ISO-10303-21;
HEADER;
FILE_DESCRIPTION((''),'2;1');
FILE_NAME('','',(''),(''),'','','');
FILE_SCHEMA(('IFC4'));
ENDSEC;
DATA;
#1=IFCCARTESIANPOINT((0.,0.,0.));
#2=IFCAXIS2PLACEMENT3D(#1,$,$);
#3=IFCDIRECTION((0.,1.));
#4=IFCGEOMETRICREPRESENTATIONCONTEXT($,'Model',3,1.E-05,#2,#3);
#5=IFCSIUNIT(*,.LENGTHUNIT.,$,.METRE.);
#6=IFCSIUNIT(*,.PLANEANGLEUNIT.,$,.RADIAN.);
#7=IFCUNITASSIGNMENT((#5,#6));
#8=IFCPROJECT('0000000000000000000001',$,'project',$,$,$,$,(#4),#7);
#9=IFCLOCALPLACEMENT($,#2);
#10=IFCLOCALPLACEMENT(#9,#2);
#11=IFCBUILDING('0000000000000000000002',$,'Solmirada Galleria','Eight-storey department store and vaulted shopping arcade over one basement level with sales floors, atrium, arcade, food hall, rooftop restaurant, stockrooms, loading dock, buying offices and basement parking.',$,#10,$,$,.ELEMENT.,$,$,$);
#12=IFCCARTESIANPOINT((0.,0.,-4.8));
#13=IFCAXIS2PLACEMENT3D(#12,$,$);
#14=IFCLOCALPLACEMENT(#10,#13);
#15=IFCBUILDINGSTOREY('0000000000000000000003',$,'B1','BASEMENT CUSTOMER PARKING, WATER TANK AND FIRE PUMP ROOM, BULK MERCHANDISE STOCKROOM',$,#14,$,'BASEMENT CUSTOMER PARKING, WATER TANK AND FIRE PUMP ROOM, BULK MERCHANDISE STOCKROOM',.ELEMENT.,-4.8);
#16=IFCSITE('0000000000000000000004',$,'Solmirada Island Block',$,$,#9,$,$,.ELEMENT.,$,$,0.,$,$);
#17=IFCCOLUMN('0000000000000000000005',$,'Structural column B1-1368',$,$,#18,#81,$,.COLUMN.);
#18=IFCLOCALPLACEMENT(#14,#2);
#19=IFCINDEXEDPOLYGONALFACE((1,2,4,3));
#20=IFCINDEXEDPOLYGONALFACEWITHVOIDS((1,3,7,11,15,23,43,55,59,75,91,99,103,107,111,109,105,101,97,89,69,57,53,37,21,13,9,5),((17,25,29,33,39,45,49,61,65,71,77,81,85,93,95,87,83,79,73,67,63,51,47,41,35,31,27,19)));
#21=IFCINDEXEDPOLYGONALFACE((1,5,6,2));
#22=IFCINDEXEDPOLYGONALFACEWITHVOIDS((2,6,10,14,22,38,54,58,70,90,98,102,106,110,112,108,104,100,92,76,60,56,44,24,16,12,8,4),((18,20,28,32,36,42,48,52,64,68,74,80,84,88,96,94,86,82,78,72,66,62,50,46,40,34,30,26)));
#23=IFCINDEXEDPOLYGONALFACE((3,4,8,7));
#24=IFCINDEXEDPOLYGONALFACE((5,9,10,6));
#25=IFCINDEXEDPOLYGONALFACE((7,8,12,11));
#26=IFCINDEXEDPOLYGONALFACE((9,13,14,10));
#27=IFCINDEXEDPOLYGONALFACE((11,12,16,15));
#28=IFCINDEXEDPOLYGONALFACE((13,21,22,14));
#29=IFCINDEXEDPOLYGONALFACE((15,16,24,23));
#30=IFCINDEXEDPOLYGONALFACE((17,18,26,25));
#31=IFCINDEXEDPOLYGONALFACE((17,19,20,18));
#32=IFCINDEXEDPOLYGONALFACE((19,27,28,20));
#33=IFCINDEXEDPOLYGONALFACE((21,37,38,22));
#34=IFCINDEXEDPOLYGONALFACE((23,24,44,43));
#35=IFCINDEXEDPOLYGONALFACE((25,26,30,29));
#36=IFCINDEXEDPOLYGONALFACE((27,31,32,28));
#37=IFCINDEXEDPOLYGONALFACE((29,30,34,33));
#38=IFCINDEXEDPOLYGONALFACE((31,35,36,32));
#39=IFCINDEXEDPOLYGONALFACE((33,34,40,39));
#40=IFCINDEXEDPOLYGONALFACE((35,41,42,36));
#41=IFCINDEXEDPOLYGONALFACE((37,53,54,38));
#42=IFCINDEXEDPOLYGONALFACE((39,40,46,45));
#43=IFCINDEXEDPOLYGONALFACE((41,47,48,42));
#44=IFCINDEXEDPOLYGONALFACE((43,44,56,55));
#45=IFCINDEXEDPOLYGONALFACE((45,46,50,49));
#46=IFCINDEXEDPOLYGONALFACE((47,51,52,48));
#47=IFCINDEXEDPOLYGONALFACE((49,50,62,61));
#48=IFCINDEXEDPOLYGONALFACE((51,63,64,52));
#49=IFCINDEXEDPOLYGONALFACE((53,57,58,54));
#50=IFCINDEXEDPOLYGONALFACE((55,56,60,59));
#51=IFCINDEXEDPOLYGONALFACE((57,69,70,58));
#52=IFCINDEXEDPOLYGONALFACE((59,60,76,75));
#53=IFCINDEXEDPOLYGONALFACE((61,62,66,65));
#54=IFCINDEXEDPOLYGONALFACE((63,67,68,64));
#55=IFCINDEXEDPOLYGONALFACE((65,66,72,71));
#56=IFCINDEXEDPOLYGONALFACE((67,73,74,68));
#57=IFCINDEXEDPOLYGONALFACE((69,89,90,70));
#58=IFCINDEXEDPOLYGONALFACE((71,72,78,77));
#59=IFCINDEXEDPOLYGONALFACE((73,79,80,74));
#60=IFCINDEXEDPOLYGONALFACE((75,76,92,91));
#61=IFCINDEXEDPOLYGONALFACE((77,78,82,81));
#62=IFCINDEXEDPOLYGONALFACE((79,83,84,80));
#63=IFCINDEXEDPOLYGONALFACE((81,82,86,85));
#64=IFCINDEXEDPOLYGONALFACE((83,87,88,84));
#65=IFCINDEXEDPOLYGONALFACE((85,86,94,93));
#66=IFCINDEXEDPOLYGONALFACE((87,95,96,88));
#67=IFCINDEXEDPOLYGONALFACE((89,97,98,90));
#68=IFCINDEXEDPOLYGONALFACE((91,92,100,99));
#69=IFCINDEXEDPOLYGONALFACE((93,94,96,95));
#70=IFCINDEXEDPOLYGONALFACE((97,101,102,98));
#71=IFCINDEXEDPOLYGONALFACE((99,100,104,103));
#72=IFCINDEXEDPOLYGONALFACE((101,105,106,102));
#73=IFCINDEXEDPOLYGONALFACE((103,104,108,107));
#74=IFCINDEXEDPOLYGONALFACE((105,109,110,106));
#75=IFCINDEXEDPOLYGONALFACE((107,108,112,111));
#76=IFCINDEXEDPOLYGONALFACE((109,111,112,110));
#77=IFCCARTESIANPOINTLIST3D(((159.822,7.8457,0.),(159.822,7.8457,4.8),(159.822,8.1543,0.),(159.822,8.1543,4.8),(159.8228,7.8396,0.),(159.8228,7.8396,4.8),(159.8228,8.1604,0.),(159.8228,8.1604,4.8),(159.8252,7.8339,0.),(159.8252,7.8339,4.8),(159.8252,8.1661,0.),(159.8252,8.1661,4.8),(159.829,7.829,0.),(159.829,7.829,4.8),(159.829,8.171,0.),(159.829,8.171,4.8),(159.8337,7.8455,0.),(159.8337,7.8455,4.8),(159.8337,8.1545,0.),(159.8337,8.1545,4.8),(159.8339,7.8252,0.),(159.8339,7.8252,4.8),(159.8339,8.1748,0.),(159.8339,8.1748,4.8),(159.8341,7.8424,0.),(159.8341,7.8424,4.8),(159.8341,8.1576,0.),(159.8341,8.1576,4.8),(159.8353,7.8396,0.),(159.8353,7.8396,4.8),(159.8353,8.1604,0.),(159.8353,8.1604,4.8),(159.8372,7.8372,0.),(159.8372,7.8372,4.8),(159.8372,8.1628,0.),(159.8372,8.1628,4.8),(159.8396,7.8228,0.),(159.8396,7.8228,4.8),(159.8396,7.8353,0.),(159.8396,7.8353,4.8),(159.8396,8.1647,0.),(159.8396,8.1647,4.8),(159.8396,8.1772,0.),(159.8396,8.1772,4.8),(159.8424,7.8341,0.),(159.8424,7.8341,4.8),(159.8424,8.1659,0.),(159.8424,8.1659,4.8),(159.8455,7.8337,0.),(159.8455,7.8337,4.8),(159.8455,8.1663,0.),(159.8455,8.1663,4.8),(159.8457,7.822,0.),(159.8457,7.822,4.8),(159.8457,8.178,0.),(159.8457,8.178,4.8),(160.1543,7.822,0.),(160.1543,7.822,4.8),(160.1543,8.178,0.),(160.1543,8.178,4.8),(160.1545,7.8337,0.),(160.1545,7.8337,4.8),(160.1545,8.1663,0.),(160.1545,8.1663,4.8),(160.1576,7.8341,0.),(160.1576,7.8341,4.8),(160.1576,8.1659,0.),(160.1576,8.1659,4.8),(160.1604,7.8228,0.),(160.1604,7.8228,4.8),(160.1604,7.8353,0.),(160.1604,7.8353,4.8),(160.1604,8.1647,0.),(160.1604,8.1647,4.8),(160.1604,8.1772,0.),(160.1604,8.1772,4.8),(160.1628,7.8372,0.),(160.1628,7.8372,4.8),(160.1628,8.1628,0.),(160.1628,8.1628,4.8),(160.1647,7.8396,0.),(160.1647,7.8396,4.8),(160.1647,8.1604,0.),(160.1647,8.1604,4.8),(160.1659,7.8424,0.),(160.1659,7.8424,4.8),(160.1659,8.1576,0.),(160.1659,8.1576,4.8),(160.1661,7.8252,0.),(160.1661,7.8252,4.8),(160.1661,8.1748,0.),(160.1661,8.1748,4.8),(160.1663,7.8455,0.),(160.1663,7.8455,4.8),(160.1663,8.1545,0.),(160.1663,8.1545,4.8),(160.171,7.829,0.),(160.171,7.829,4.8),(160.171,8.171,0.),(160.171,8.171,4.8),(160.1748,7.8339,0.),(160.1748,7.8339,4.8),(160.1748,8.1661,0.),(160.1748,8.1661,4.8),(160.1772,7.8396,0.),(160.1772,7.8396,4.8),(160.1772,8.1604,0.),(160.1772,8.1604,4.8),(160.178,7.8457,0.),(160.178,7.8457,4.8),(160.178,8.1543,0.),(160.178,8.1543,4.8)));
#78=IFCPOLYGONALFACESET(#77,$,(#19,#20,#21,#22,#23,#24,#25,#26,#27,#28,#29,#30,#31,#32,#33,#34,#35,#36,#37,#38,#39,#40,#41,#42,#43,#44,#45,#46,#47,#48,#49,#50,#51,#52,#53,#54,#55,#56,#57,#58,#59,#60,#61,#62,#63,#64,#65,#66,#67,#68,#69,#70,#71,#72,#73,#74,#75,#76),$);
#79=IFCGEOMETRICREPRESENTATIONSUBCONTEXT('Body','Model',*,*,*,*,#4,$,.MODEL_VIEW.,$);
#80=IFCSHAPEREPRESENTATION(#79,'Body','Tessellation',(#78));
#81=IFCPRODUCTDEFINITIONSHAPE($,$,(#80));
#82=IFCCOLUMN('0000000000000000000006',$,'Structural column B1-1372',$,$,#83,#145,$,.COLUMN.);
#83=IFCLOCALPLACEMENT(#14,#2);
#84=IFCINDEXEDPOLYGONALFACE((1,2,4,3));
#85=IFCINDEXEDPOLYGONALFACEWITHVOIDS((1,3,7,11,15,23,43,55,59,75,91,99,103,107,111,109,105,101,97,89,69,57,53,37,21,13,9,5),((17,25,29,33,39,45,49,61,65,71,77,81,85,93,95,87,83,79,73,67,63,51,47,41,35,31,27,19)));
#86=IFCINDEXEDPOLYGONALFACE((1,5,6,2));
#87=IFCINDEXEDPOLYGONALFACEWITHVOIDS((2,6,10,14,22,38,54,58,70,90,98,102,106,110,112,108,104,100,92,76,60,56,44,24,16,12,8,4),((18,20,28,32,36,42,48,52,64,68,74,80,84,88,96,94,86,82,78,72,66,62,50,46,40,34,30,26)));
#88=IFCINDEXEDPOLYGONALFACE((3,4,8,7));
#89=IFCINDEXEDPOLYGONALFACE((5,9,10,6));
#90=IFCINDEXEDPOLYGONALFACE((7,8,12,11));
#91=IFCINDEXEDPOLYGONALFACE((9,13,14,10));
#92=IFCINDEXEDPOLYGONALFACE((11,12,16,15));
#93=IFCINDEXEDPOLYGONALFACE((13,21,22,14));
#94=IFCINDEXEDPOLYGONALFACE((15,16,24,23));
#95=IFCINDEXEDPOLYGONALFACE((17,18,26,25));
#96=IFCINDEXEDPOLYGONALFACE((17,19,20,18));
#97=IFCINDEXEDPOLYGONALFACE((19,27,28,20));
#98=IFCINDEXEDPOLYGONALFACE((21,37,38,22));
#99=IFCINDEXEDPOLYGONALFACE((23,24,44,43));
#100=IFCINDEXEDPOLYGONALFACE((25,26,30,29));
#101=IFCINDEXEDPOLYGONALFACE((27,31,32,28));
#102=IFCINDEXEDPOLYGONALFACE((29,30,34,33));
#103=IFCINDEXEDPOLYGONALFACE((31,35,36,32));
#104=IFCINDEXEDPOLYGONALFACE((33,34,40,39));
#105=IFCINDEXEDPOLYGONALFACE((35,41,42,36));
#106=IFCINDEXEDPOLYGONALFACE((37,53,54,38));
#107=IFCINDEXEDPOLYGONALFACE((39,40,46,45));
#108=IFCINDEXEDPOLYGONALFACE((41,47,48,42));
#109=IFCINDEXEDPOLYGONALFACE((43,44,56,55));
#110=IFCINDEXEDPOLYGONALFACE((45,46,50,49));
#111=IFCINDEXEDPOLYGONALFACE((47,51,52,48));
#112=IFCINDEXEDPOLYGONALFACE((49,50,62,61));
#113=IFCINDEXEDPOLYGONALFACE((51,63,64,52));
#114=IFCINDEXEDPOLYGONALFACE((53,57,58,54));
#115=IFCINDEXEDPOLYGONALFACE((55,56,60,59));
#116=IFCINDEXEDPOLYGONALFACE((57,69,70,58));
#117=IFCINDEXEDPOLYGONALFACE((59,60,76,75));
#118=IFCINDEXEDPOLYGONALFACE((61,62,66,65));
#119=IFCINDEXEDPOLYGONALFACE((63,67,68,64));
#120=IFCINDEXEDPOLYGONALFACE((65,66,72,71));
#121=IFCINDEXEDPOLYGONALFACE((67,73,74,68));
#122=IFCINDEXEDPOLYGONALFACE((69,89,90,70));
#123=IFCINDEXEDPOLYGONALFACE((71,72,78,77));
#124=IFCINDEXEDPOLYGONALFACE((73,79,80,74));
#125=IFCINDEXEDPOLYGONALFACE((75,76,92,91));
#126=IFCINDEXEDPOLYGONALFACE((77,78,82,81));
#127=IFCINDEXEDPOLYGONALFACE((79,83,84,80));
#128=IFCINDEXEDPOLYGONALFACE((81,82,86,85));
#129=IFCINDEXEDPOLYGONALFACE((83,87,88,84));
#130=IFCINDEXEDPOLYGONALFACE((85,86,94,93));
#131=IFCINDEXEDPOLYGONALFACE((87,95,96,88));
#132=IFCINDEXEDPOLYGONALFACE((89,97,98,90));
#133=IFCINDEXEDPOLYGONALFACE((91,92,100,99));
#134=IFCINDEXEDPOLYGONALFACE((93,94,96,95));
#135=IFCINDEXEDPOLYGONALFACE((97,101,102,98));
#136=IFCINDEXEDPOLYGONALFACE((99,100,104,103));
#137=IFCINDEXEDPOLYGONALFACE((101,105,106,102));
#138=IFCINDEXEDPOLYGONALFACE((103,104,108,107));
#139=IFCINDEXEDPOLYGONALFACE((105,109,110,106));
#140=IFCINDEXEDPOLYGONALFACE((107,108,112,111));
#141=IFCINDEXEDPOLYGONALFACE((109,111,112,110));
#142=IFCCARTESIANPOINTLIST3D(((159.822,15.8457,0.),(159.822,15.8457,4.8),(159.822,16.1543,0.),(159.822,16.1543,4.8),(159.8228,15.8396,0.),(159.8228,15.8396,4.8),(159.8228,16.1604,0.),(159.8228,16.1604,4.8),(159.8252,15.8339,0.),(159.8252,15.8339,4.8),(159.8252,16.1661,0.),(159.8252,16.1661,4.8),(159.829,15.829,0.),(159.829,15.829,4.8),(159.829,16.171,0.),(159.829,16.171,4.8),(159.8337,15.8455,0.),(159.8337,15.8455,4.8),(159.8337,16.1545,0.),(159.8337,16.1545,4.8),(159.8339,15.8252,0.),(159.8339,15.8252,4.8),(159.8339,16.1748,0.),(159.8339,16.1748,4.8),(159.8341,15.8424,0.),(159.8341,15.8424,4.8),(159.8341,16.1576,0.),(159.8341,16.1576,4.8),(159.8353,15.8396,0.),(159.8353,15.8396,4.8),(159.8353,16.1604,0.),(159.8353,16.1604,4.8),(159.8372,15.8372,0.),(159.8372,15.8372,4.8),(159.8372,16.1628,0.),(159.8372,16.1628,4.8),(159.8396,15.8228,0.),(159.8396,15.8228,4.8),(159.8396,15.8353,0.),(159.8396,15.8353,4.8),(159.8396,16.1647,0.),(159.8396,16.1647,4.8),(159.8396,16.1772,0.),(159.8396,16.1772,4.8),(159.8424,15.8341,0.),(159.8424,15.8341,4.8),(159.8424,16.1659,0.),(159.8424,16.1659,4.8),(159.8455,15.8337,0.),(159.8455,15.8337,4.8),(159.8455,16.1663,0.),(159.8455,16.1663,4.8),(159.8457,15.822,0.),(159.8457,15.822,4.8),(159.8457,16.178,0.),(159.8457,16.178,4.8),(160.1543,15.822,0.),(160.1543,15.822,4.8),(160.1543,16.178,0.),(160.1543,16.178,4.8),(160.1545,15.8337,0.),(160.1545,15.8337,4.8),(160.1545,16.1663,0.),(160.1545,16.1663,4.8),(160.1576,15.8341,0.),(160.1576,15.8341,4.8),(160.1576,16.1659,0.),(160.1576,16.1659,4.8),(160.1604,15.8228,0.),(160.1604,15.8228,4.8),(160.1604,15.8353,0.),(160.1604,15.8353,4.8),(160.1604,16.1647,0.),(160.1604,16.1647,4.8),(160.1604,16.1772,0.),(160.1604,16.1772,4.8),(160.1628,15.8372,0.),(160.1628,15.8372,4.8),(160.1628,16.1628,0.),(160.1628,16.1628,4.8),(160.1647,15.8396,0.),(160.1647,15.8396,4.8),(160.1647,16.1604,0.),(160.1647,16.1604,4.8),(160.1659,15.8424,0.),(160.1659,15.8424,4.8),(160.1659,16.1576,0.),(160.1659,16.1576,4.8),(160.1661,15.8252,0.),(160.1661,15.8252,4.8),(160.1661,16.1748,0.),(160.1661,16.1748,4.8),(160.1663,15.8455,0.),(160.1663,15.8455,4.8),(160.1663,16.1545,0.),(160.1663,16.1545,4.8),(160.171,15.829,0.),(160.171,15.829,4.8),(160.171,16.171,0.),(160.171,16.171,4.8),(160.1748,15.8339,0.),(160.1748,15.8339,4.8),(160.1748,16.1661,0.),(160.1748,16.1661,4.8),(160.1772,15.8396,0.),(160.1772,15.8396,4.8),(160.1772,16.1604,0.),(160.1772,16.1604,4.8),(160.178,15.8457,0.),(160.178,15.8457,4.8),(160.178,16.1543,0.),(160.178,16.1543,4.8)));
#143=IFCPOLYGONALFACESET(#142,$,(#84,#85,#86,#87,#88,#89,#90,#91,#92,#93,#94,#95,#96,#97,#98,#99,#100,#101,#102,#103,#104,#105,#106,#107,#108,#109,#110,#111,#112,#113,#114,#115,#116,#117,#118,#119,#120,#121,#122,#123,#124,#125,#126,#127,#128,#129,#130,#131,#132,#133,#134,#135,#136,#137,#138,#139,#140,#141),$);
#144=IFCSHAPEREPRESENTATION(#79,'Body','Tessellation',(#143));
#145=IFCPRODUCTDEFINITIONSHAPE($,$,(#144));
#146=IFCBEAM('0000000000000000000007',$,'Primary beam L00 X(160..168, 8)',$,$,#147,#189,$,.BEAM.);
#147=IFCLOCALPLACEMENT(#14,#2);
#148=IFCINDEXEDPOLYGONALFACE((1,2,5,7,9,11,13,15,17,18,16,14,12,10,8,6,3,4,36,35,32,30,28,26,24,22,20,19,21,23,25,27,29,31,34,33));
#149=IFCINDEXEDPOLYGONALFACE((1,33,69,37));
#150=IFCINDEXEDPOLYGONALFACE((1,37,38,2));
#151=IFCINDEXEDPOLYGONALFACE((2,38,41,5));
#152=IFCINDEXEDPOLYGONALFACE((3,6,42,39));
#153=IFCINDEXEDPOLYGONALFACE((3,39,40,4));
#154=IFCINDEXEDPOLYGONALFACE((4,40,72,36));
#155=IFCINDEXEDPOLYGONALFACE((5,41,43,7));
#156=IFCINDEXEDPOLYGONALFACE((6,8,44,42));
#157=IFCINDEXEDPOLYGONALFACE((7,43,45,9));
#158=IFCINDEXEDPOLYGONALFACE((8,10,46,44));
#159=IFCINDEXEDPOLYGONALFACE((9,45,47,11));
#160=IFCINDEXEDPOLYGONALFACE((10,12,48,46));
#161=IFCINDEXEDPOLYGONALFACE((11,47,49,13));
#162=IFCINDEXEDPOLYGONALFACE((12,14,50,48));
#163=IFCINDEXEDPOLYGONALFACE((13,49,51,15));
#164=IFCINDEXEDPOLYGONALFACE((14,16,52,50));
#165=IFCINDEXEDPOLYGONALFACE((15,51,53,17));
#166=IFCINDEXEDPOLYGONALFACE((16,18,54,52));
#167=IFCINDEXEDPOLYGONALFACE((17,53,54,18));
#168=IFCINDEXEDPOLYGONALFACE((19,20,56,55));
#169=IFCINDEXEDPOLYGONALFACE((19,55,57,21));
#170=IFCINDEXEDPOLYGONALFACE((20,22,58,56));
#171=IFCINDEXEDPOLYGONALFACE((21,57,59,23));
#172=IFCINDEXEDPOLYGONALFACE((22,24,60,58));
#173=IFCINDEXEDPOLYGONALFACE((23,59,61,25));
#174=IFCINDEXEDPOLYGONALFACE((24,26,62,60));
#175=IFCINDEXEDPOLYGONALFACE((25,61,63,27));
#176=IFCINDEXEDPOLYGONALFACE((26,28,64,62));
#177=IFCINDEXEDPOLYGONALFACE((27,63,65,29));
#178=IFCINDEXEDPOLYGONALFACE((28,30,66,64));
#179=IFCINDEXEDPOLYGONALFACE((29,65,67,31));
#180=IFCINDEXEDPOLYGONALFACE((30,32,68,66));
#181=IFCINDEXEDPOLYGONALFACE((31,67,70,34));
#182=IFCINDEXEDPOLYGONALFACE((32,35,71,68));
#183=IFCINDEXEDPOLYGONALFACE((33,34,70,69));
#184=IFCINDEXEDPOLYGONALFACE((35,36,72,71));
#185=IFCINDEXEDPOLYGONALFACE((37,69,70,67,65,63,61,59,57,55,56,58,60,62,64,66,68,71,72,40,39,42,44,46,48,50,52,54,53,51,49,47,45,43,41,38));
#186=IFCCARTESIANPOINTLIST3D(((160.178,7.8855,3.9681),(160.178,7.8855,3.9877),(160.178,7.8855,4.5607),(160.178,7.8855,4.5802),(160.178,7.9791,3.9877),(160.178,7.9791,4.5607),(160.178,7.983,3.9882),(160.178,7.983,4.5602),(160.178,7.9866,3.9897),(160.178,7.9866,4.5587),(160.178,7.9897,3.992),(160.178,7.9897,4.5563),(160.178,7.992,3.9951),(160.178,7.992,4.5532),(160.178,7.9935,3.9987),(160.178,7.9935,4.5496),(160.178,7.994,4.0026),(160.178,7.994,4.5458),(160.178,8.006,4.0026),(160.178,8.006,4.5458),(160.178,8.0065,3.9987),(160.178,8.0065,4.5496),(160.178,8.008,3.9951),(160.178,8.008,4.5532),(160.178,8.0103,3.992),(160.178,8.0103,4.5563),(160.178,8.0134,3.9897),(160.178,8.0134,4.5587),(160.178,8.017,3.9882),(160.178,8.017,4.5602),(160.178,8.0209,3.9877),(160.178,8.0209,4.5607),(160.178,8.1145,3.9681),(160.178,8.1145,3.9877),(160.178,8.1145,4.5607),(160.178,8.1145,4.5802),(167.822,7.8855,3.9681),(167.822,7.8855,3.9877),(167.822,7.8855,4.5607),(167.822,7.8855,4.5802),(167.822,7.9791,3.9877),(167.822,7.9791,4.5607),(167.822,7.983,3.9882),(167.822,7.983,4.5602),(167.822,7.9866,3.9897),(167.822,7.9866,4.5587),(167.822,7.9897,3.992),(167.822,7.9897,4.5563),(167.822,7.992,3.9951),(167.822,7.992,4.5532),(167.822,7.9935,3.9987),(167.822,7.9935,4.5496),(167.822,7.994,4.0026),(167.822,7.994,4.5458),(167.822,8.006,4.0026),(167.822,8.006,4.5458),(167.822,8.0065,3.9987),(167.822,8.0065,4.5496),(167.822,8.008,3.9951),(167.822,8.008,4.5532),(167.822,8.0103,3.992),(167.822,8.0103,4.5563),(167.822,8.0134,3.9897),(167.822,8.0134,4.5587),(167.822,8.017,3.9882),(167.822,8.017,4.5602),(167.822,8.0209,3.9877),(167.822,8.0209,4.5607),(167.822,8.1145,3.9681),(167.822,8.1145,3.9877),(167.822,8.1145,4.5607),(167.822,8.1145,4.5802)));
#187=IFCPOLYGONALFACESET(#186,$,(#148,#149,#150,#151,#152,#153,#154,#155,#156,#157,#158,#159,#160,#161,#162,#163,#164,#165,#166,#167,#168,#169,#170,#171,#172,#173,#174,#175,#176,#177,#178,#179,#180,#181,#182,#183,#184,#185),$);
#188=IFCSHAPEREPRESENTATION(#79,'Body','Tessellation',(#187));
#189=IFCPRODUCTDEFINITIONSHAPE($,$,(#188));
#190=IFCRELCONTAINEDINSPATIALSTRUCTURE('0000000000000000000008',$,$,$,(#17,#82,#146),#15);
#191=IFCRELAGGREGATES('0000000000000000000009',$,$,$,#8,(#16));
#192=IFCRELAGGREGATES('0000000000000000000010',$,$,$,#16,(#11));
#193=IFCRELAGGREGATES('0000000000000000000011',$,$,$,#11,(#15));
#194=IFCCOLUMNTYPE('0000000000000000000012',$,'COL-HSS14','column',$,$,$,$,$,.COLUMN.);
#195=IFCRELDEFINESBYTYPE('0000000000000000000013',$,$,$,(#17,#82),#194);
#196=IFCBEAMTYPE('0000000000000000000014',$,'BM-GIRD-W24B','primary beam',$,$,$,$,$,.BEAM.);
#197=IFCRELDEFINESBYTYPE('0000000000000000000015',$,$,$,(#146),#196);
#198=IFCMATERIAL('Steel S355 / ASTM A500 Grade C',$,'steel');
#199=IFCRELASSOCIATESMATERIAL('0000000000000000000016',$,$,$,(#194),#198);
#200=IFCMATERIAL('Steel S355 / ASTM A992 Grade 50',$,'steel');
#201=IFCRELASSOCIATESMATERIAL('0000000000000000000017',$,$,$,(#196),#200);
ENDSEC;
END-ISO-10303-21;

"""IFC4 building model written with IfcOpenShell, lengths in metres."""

from ifc_helpers import new_model, si_unit, direction, frame, origin, origin_2d, place, context, subcontext, project, spatial, hollow_rectangle, i_section, extrude, material, material_profile, profile_set, type_object, element, save


model = new_model("IFC4")

# Units and contexts
model_context = context("Model", 3, precision=1e-05, world=origin(), true_north=direction((0.0, 1.0)))
body_context = subcontext(model_context, "Body", "Model", "MODEL_VIEW")
ifc_project = project(units=[si_unit("LENGTHUNIT", "METRE"), si_unit("PLANEANGLEUNIT", "RADIAN")], contexts=[model_context])

# Site, building, storey
site_placement = place(None, origin())
site = spatial("IfcSite", under=ifc_project, at=site_placement, Name="Solmirada Island Block", CompositionType="ELEMENT", RefElevation=0.0)
building_placement = place(site_placement, origin())
building = spatial("IfcBuilding", under=site, at=building_placement, Name="Solmirada Galleria", Description="Eight-storey department store and vaulted shopping arcade over one basement level with sales floors, atrium, arcade, food hall, rooftop restaurant, stockrooms, loading dock, buying offices and basement parking.", CompositionType="ELEMENT")
storey_placement = place(building_placement, frame((0.0, 0.0, -4.8)))
storey = spatial("IfcBuildingStorey", under=building, at=storey_placement, Name="B1", Description="BASEMENT CUSTOMER PARKING, WATER TANK AND FIRE PUMP ROOM, BULK MERCHANDISE STOCKROOM", LongName="BASEMENT CUSTOMER PARKING, WATER TANK AND FIRE PUMP ROOM, BULK MERCHANDISE STOCKROOM", CompositionType="ELEMENT", Elevation=-4.8)

# Columns
ifc_material_1 = material(Name="Steel S355 / ASTM A500 Grade C", Category="steel")
ifc_material_profile_1 = material_profile(ifc_material_1, hollow_rectangle(XDim=0.356, YDim=0.356, WallThickness=0.0117, InnerFilletRadius=0.0117, OuterFilletRadius=0.0237, at=origin_2d()), Name="HSS14X14X1/2")
ifc_profile_set_1 = profile_set([ifc_material_profile_1], Name="Steel S355 / ASTM A500 Grade C")
column_type = type_object("IfcColumnType", Name="COL-HSS14", Description="column", PredefinedType="COLUMN", material=ifc_profile_set_1)
for number, where, z_axis, x_axis, name in (
    (1, (160.0, 8.0, 0.0), (0.0, 0.0, 1.0), (1.0, 0.0, 0.0), "Structural column B1-1368"),
    (2, (160.0, 16.0, 0.0), (0.0, 0.0, 1.0), (1.0, 0.0, 0.0), "Structural column B1-1372"),
):
    element("IfcColumn", number, at=place(storey_placement, frame(where, z_axis=z_axis, x_axis=x_axis)), inside=storey, type_object=column_type, Name=name, PredefinedType="COLUMN", context=body_context, shape_type="SweptSolid", body=[
        extrude(hollow_rectangle(XDim=0.356, YDim=0.356, WallThickness=0.0117, InnerFilletRadius=0.0117, OuterFilletRadius=0.0237, at=origin_2d()), origin(), (0.0, 0.0, 1.0), 4.8),
    ])

# Beam
ifc_material_2 = material(Name="Steel S355 / ASTM A992 Grade 50", Category="steel")
ifc_material_profile_2 = material_profile(ifc_material_2, i_section(OverallWidth=0.229, OverallDepth=0.6121, WebThickness=0.012, FlangeThickness=0.0195, FilletRadius=0.0149, at=origin_2d()), Name="W24X84")
ifc_profile_set_2 = profile_set([ifc_material_profile_2], Name="Steel S355 / ASTM A992 Grade 50")
beam_type = type_object("IfcBeamType", Name="BM-GIRD-W24B", Description="primary beam", PredefinedType="BEAM", material=ifc_profile_set_2)
beam_placement = place(storey_placement, frame((160.178, 8.0, 4.2742), z_axis=(1.0, 0.0, 0.0), x_axis=(0.0, 1.0, 0.0)))
element("IfcBeam", 3, at=beam_placement, inside=storey, type_object=beam_type, Name="Primary beam L00 X(160..168, 8)", PredefinedType="BEAM", context=body_context, shape_type="SweptSolid", body=[
    extrude(i_section(OverallWidth=0.229, OverallDepth=0.6121, WebThickness=0.012, FlangeThickness=0.0195, FilletRadius=0.0149, at=origin_2d()), origin(), (0.0, 0.0, 1.0), 7.644),
])

save(model, "model.ifc")
